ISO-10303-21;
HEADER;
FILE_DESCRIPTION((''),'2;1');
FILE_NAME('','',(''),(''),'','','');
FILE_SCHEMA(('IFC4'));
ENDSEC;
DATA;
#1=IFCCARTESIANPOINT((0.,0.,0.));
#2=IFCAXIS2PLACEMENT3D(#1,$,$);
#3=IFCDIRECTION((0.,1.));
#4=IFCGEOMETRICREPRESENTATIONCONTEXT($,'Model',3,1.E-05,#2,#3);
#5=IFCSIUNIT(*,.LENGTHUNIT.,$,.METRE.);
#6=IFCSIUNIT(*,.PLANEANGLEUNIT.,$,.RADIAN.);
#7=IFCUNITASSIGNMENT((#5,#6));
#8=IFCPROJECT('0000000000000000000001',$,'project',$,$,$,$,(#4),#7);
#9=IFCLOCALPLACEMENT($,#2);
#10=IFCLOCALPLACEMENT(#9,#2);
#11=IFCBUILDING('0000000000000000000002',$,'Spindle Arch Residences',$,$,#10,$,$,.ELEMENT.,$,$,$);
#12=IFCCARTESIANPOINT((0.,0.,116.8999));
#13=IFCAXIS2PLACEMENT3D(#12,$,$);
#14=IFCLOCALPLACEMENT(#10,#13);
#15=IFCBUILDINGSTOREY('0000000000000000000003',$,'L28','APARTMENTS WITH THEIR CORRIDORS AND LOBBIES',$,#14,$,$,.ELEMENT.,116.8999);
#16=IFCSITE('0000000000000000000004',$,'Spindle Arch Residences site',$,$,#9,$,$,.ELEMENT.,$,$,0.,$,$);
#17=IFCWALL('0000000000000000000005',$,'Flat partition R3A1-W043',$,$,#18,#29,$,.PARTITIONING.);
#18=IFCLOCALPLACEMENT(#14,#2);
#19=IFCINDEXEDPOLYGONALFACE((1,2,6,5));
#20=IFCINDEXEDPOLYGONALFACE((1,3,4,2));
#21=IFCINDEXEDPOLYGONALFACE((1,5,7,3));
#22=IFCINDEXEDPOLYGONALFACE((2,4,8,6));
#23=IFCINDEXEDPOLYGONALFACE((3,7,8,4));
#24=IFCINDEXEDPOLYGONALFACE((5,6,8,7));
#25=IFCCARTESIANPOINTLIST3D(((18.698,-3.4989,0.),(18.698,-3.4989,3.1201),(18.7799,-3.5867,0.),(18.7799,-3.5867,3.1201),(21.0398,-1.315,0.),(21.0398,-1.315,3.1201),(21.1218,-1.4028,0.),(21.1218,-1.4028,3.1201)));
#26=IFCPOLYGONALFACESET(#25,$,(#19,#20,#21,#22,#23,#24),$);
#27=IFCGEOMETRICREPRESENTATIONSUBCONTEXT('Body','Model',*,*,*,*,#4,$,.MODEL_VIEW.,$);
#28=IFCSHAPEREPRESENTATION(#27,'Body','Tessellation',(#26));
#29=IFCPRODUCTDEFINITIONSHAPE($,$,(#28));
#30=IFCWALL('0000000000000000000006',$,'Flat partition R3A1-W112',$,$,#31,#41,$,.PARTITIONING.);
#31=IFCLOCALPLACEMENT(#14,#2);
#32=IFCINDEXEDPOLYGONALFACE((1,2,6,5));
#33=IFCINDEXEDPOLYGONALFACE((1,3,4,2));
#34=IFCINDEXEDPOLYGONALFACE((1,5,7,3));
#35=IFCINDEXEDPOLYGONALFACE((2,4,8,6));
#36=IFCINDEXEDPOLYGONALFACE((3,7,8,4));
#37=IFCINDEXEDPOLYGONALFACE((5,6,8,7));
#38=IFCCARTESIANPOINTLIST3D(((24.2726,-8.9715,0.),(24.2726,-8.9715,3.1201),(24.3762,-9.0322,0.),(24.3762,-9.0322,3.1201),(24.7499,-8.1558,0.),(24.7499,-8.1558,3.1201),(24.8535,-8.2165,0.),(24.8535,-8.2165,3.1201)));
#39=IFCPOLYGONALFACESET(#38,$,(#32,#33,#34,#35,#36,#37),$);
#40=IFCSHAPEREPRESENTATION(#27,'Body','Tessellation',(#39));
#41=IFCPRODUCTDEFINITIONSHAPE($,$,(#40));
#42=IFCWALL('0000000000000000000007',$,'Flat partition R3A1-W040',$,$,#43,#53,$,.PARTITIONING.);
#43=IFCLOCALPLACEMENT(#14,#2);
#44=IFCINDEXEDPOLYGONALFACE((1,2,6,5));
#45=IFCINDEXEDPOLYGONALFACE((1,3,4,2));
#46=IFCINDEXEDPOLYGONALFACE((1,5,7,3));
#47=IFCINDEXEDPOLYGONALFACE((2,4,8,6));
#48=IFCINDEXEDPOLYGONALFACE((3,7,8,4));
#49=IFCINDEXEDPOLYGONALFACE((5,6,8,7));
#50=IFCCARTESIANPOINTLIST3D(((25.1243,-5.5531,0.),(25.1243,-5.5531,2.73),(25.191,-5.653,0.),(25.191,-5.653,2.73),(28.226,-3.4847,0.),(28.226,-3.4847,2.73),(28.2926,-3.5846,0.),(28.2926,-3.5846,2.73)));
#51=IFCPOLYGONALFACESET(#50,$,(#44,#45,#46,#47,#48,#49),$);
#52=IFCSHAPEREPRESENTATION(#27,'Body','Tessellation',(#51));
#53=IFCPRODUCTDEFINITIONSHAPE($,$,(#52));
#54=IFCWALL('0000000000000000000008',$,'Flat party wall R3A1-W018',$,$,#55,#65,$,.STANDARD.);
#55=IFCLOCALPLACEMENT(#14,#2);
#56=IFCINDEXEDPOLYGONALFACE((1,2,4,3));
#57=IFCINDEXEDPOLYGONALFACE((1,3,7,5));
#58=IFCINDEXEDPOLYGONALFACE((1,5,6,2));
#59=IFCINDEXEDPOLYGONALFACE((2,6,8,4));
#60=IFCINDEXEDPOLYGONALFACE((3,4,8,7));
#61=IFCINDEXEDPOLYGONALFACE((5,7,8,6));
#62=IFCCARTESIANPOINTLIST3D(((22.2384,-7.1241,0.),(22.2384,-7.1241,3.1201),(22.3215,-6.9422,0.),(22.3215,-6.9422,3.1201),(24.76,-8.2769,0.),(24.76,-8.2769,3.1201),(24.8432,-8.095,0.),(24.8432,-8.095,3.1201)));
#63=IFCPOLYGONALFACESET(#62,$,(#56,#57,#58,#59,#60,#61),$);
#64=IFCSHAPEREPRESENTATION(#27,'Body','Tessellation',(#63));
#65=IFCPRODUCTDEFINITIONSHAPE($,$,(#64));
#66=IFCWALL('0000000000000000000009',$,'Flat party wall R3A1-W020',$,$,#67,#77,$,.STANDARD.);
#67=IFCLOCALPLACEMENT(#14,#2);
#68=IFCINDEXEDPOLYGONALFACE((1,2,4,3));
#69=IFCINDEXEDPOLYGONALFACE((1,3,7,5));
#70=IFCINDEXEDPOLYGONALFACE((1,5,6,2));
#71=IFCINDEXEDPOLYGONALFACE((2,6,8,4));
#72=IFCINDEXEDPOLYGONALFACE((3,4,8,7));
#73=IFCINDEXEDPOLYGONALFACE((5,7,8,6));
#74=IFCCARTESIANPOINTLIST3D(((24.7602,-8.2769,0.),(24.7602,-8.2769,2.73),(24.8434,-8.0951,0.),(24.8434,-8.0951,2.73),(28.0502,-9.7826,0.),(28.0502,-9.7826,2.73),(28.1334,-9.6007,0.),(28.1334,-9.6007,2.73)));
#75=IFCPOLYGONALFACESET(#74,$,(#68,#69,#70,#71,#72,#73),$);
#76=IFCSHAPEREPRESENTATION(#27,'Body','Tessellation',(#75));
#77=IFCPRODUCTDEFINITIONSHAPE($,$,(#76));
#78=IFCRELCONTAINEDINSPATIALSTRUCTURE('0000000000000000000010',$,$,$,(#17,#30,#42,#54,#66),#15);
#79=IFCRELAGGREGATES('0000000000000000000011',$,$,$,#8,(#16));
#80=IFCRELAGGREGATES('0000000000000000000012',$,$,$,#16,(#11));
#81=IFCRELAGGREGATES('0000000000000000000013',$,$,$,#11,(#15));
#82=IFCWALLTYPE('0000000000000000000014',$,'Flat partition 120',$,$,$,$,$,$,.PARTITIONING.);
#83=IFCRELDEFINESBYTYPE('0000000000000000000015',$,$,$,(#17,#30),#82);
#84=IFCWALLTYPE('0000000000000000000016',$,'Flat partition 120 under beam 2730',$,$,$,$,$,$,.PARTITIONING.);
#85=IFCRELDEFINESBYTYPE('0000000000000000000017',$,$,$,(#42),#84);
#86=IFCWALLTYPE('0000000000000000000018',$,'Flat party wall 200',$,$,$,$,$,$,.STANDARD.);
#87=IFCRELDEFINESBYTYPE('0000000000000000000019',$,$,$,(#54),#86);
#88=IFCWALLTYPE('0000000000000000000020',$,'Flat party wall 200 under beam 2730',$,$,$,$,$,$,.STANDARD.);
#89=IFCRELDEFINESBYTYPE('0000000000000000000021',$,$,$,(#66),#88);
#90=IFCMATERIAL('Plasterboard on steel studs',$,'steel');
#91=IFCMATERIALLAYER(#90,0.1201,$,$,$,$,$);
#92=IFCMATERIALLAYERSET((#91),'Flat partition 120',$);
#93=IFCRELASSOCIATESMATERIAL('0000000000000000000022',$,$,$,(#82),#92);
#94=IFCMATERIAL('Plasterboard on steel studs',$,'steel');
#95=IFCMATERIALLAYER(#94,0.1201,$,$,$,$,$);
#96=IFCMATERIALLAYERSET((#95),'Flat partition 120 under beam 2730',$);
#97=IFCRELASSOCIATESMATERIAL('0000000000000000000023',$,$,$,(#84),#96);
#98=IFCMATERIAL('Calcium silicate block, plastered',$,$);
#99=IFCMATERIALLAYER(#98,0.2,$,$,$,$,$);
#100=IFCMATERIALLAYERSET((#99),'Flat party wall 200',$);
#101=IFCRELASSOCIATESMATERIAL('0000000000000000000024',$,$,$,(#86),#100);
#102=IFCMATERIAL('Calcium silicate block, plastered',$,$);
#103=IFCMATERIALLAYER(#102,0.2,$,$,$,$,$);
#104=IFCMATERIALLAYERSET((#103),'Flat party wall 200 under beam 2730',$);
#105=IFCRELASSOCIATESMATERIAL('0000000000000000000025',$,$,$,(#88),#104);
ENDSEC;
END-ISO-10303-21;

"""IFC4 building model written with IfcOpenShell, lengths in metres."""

from ifc_helpers import new_model, si_unit, direction, frame, frame_2d, origin, place, context, subcontext, project, spatial, rectangle, extrude, material, layer, layer_set, type_object, element, save


model = new_model("IFC4")

# Units and contexts
model_context = context("Model", 3, precision=1e-05, world=origin(), true_north=direction((0.0, 1.0)))
body_context = subcontext(model_context, "Body", "Model", "MODEL_VIEW")
ifc_project = project(units=[si_unit("LENGTHUNIT", "METRE"), si_unit("PLANEANGLEUNIT", "RADIAN")], contexts=[model_context])

# Site, building, storey
site_placement = place(None, origin())
site = spatial("IfcSite", under=ifc_project, at=site_placement, Name="Spindle Arch Residences site", CompositionType="ELEMENT", RefElevation=0.0)
building_placement = place(site_placement, origin())
building = spatial("IfcBuilding", under=site, at=building_placement, Name="Spindle Arch Residences", CompositionType="ELEMENT")
storey_placement = place(building_placement, frame((0.0, 0.0, 116.8999)))
storey = spatial("IfcBuildingStorey", under=building, at=storey_placement, Name="L28", Description="APARTMENTS WITH THEIR CORRIDORS AND LOBBIES", CompositionType="ELEMENT", Elevation=116.8999)

# Shared definitions
ifc_material_1 = material(Name="Plasterboard on steel studs", Category="steel")
ifc_layer_1 = layer(ifc_material_1, 0.1201)
ifc_layer_set_1 = layer_set([ifc_layer_1], Name="Flat partition 120")
wall_type_1 = type_object("IfcWallType", Name="Flat partition 120", PredefinedType="PARTITIONING", material=ifc_layer_set_1)

# Walls
wall_1_placement = place(storey_placement, frame((21.0808, -1.3589, 0.0), z_axis=(0.0, 0.0, 1.0), x_axis=(-0.731342, -0.682011, 0.0)))
element("IfcWall", 1, at=wall_1_placement, inside=storey, type_object=wall_type_1, Name="Flat partition R3A1-W043", PredefinedType="PARTITIONING", context=body_context, shape_type="SweptSolid", body=[
    extrude(rectangle(XDim=3.2021, YDim=0.1201, at=frame_2d((1.6011, 0.0))), origin(), (0.0, 0.0, 1.0), 3.1201),
])
wall_2_placement = place(storey_placement, frame((24.8018, -8.186, 0.0), z_axis=(0.0, 0.0, 1.0), x_axis=(-0.505043, -0.863094, 0.0)))
element("IfcWall", 2, at=wall_2_placement, inside=storey, type_object=wall_type_1, Name="Flat partition R3A1-W112", PredefinedType="PARTITIONING", context=body_context, shape_type="SweptSolid", body=[
    extrude(rectangle(XDim=0.9451, YDim=0.1201, at=frame_2d((0.4727, 0.0))), origin(), (0.0, 0.0, 1.0), 3.1201),
])
ifc_material_2 = material(Name="Plasterboard on steel studs", Category="steel")
ifc_layer_2 = layer(ifc_material_2, 0.1201)
ifc_layer_set_2 = layer_set([ifc_layer_2], Name="Flat partition 120 under beam 2730")
wall_type_2 = type_object("IfcWallType", Name="Flat partition 120 under beam 2730", PredefinedType="PARTITIONING", material=ifc_layer_set_2)
wall_3_placement = place(storey_placement, frame((28.2593, -3.5347, 0.0), z_axis=(0.0, 0.0, 1.0), x_axis=(-0.83197, -0.554821, 0.0)))
element("IfcWall", 3, at=wall_3_placement, inside=storey, type_object=wall_type_2, Name="Flat partition R3A1-W040", PredefinedType="PARTITIONING", context=body_context, shape_type="SweptSolid", body=[
    extrude(rectangle(XDim=3.728, YDim=0.1201, at=frame_2d((1.864, 0.0))), origin(), (0.0, 0.0, 1.0), 2.73),
])
ifc_material_3 = material(Name="Calcium silicate block, plastered")
ifc_layer_3 = layer(ifc_material_3, 0.2)
ifc_layer_set_3 = layer_set([ifc_layer_3], Name="Flat party wall 200")
wall_type_3 = type_object("IfcWallType", Name="Flat party wall 200", PredefinedType="STANDARD", material=ifc_layer_set_3)
wall_4_placement = place(storey_placement, frame((22.28, -7.0332, 0.0), z_axis=(0.0, 0.0, 1.0), x_axis=(0.909469, -0.415772, 0.0)))
element("IfcWall", 4, at=wall_4_placement, inside=storey, type_object=wall_type_3, Name="Flat party wall R3A1-W018", PredefinedType="STANDARD", context=body_context, shape_type="SweptSolid", body=[
    extrude(rectangle(XDim=2.7727, YDim=0.2, at=frame_2d((1.3862, 0.0))), origin(), (0.0, 0.0, 1.0), 3.1201),
])
ifc_material_4 = material(Name="Calcium silicate block, plastered")
ifc_layer_4 = layer(ifc_material_4, 0.2)
ifc_layer_set_4 = layer_set([ifc_layer_4], Name="Flat party wall 200 under beam 2730")
wall_type_4 = type_object("IfcWallType", Name="Flat party wall 200 under beam 2730", PredefinedType="STANDARD", material=ifc_layer_set_4)
wall_5_placement = place(storey_placement, frame((24.8018, -8.186, 0.0), z_axis=(0.0, 0.0, 1.0), x_axis=(0.909307, -0.416125, 0.0)))
element("IfcWall", 5, at=wall_5_placement, inside=storey, type_object=wall_type_4, Name="Flat party wall R3A1-W020", PredefinedType="STANDARD", context=body_context, shape_type="SweptSolid", body=[
    extrude(rectangle(XDim=3.6182, YDim=0.2, at=frame_2d((1.8091, 0.0))), origin(), (0.0, 0.0, 1.0), 2.73),
])

save(model, "model.ifc")
